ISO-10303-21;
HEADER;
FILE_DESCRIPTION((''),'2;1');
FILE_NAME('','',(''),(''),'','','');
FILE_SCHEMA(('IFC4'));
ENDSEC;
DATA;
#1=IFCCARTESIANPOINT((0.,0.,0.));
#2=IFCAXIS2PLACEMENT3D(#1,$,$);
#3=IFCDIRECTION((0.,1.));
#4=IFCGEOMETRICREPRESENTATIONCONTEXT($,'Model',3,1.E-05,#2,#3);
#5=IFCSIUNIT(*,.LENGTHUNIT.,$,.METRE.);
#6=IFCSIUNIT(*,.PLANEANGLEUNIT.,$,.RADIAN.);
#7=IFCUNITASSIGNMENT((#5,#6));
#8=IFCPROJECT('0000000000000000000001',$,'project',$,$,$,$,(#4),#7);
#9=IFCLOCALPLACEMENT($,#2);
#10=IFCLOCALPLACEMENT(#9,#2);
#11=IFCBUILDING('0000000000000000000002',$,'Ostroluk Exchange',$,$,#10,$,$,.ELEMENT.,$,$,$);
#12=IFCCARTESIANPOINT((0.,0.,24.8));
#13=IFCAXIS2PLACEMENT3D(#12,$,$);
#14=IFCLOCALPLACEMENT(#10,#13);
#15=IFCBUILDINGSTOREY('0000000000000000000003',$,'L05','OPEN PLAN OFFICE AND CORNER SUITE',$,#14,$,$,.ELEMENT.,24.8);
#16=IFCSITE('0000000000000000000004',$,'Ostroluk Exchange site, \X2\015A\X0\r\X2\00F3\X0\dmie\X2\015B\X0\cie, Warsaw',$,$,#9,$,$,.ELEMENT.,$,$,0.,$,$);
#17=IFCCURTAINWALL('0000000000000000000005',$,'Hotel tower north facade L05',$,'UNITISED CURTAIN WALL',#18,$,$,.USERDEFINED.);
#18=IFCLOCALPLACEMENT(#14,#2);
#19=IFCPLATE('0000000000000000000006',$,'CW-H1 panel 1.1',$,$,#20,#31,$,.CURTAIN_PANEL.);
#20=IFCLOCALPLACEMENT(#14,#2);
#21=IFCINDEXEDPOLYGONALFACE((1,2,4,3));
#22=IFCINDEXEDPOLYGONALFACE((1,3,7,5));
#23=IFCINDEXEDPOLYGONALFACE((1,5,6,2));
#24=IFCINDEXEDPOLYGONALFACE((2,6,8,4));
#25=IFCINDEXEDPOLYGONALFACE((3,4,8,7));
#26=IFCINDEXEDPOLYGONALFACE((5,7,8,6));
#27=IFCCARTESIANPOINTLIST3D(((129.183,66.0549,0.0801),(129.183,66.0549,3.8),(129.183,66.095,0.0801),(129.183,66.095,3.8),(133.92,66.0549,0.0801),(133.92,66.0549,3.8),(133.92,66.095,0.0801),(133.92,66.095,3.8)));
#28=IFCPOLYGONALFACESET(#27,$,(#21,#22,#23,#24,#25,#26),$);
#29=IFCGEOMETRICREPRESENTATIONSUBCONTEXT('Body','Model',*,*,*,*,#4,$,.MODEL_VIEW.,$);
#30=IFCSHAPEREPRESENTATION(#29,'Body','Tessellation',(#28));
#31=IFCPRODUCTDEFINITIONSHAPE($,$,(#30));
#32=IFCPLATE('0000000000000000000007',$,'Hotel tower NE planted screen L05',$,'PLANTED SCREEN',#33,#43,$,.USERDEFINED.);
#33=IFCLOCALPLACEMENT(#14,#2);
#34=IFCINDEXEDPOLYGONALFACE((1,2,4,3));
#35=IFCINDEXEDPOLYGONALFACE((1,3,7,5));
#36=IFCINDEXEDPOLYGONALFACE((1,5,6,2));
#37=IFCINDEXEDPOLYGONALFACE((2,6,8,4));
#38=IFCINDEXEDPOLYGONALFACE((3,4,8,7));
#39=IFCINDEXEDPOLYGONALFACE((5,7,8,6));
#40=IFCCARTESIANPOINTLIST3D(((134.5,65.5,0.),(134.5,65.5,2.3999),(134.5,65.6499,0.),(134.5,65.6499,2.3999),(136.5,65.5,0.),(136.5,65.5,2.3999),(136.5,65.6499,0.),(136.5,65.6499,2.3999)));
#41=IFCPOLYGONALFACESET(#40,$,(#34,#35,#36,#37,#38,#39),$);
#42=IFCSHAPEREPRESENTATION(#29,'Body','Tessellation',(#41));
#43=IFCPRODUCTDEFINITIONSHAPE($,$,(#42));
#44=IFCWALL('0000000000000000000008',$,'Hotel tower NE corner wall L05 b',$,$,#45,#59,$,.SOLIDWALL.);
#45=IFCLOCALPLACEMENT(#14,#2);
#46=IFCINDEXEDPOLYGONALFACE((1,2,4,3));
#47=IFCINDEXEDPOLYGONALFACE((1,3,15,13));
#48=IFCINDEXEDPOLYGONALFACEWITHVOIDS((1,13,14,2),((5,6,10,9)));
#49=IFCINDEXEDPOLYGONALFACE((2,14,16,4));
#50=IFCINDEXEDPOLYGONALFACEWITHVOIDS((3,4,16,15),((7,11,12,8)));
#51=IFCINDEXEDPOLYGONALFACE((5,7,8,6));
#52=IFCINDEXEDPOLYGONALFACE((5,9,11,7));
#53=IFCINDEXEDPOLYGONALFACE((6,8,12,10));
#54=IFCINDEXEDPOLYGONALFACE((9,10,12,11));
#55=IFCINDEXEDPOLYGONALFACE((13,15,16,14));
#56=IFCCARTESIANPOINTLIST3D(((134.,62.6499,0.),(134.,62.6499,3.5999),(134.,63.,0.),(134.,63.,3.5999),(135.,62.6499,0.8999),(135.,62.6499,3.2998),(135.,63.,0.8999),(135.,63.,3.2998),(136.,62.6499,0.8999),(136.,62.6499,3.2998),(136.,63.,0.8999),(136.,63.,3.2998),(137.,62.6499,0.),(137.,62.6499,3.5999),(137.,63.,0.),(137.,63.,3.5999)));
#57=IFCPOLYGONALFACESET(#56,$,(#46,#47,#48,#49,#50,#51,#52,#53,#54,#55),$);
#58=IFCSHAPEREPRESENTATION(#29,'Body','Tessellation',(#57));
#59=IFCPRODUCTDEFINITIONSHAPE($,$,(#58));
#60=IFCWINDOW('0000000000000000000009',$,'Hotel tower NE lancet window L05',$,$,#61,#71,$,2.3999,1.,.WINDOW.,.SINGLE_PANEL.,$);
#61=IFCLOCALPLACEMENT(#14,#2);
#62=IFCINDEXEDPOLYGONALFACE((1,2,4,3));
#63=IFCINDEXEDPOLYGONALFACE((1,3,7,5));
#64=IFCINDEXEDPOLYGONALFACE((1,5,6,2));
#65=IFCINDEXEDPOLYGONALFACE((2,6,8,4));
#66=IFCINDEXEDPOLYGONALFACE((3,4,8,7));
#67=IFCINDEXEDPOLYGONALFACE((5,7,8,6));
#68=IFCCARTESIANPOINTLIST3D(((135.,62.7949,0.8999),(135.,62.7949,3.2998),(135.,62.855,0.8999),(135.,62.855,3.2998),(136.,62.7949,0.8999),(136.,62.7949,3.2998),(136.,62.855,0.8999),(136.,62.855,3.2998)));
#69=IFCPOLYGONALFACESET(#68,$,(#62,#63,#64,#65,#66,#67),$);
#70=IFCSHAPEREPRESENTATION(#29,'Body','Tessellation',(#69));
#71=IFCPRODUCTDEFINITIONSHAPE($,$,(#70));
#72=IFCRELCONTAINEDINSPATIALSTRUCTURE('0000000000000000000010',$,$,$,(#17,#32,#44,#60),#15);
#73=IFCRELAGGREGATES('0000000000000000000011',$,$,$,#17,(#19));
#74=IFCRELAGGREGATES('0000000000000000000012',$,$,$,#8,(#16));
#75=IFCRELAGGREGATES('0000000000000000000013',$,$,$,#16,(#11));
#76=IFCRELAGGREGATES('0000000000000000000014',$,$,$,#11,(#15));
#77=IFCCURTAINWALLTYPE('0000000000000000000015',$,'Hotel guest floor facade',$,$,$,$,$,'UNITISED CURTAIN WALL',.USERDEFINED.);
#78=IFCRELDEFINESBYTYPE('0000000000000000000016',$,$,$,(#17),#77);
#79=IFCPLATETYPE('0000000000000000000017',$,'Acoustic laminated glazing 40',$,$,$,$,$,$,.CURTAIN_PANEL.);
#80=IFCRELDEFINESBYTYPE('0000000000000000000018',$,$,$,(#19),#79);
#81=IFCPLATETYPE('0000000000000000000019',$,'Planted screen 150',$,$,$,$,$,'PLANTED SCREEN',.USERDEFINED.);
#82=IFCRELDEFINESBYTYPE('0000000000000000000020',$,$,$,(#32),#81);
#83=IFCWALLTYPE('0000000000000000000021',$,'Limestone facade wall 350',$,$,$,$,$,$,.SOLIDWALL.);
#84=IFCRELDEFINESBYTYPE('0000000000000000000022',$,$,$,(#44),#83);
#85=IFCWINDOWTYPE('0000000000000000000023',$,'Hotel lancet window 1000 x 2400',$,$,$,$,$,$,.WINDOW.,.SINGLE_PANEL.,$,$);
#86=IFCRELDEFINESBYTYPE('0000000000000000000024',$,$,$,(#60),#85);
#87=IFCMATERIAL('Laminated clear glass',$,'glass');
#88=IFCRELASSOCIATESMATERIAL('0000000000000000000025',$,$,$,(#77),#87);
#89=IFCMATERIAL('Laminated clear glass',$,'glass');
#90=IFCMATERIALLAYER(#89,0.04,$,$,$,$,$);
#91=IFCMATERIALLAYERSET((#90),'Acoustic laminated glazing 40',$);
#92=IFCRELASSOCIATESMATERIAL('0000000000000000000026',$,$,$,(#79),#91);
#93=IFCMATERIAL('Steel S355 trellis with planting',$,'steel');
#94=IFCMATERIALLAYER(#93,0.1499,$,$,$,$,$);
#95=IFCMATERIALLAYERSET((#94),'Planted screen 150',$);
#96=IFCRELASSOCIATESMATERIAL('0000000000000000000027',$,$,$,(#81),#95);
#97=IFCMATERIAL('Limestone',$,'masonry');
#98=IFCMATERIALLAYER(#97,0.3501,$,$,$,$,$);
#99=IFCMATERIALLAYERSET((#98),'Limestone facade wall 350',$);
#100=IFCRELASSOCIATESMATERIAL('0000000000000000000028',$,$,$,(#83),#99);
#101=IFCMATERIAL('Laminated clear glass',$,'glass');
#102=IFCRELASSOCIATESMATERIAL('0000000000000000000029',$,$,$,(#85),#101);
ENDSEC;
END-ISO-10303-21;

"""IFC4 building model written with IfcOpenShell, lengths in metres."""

from ifc_helpers import new_model, si_unit, direction, frame, frame_2d, origin, origin_2d, place, context, subcontext, project, spatial, rectangle, extrude, material, layer, layer_set, type_object, element, fill, aggregate, save


model = new_model("IFC4")

# Units and contexts
model_context = context("Model", 3, precision=1e-05, world=origin(), true_north=direction((0.0, 1.0)))
body_context = subcontext(model_context, "Body", "Model", "MODEL_VIEW")
ifc_project = project(units=[si_unit("LENGTHUNIT", "METRE"), si_unit("PLANEANGLEUNIT", "RADIAN")], contexts=[model_context])

# Site, building, storey
site_placement = place(None, origin())
site = spatial("IfcSite", under=ifc_project, at=site_placement, Name="Ostroluk Exchange site, Śródmieście, Warsaw", CompositionType="ELEMENT", RefElevation=0.0)
building_placement = place(site_placement, origin())
building = spatial("IfcBuilding", under=site, at=building_placement, Name="Ostroluk Exchange", CompositionType="ELEMENT")
storey_placement = place(building_placement, frame((0.0, 0.0, 24.8)))
storey = spatial("IfcBuildingStorey", under=building, at=storey_placement, Name="L05", Description="OPEN PLAN OFFICE AND CORNER SUITE", CompositionType="ELEMENT", Elevation=24.8)

# Curtain wall
ifc_material_1 = material(Name="Laminated clear glass", Category="glass")
curtain_wall_type = type_object("IfcCurtainWallType", Name="Hotel guest floor facade", ElementType="UNITISED CURTAIN WALL", PredefinedType="USERDEFINED", material=ifc_material_1)
curtain_wall_1_placement = place(storey_placement, origin())
curtain_wall_1 = element("IfcCurtainWall", 1, at=curtain_wall_1_placement, inside=storey, type_object=curtain_wall_type, Name="Hotel tower north facade L05", ObjectType="UNITISED CURTAIN WALL", PredefinedType="USERDEFINED")

# Plates
ifc_material_2 = material(Name="Laminated clear glass", Category="glass")
ifc_layer_1 = layer(ifc_material_2, 0.04)
ifc_layer_set_1 = layer_set([ifc_layer_1], Name="Acoustic laminated glazing 40")
plate_type_1 = type_object("IfcPlateType", Name="Acoustic laminated glazing 40", PredefinedType="CURTAIN_PANEL", material=ifc_layer_set_1)
plate_1_placement = place(storey_placement, frame((131.5515, 66.075, 0.0801), z_axis=(0.0, 0.0, 1.0), x_axis=(-1.0, 0.0, 0.0)))
plate_1 = element("IfcPlate", 2, at=plate_1_placement, type_object=plate_type_1, Name="CW-H1 panel 1.1", PredefinedType="CURTAIN_PANEL", context=body_context, shape_type="SweptSolid", body=[
    extrude(rectangle(XDim=4.7371, YDim=0.04, at=origin_2d()), origin(), (0.0, 0.0, 1.0), 3.72),
])
aggregate(curtain_wall_1, [plate_1])
ifc_material_3 = material(Name="Steel S355 trellis with planting", Category="steel")
ifc_layer_2 = layer(ifc_material_3, 0.1499)
ifc_layer_set_2 = layer_set([ifc_layer_2], Name="Planted screen 150")
plate_type_2 = type_object("IfcPlateType", Name="Planted screen 150", ElementType="PLANTED SCREEN", PredefinedType="USERDEFINED", material=ifc_layer_set_2)
plate_2_placement = place(storey_placement, frame((135.5, 65.575, 0.0), z_axis=(0.0, 0.0, 1.0), x_axis=(1.0, 0.0, 0.0)))
element("IfcPlate", 3, at=plate_2_placement, inside=storey, type_object=plate_type_2, Name="Hotel tower NE planted screen L05", ObjectType="PLANTED SCREEN", PredefinedType="USERDEFINED", context=body_context, shape_type="SweptSolid", body=[
    extrude(rectangle(XDim=2.0, YDim=0.1499, at=origin_2d()), origin(), (0.0, 0.0, 1.0), 2.3999),
])

# Shared definitions
ifc_material_4 = material(Name="Limestone", Category="masonry")
ifc_layer_3 = layer(ifc_material_4, 0.3501)
ifc_layer_set_3 = layer_set([ifc_layer_3], Name="Limestone facade wall 350")
wall_type = type_object("IfcWallType", Name="Limestone facade wall 350", PredefinedType="SOLIDWALL", material=ifc_layer_set_3)

# Wall, opening, window
wall_1_placement = place(storey_placement, frame((134.0, 62.825, 0.0), z_axis=(0.0, 0.0, 1.0), x_axis=(1.0, 0.0, 0.0)))
wall_1 = element("IfcWall", 4, at=wall_1_placement, inside=storey, type_object=wall_type, Name="Hotel tower NE corner wall L05 b", PredefinedType="SOLIDWALL", context=body_context, shape_type="SweptSolid", body=[
    extrude(rectangle(XDim=3.0, YDim=0.3501, at=frame_2d((1.5, 0.0))), origin(), (0.0, 0.0, 1.0), 3.5999),
])
opening_1_placement = place(wall_1_placement, frame((1.0, 0.0, 0.8999)))
opening_1 = element("IfcOpeningElement", 5, at=opening_1_placement, cuts=wall_1, PredefinedType="OPENING", context=body_context, shape_type="SweptSolid", body=[
    extrude(rectangle(XDim=1.0, YDim=2.3999, at=frame_2d((0.5, 1.2))), frame((0.0, 0.1851, 0.0), z_axis=(0.0, -1.0, 0.0), x_axis=(1.0, 0.0, 0.0)), (0.0, 0.0, 1.0), 0.3701),
])
ifc_material_5 = material(Name="Laminated clear glass", Category="glass")
window_type = type_object("IfcWindowType", Name="Hotel lancet window 1000 x 2400", PartitioningType="SINGLE_PANEL", PredefinedType="WINDOW", material=ifc_material_5)
window_placement = place(opening_1_placement, origin())
window = element("IfcWindow", 6, at=window_placement, inside=storey, type_object=window_type, Name="Hotel tower NE lancet window L05", OverallHeight=2.3999, OverallWidth=1.0, PartitioningType="SINGLE_PANEL", PredefinedType="WINDOW", context=body_context, shape_type="SweptSolid", body=[
    extrude(rectangle(XDim=1.0, YDim=2.3999, at=frame_2d((0.5, 1.2))), frame((0.0, 0.03, 0.0), z_axis=(0.0, -1.0, 0.0), x_axis=(1.0, 0.0, 0.0)), (0.0, 0.0, 1.0), 0.0601),
])
fill(opening_1, window)

save(model, "model.ifc")
